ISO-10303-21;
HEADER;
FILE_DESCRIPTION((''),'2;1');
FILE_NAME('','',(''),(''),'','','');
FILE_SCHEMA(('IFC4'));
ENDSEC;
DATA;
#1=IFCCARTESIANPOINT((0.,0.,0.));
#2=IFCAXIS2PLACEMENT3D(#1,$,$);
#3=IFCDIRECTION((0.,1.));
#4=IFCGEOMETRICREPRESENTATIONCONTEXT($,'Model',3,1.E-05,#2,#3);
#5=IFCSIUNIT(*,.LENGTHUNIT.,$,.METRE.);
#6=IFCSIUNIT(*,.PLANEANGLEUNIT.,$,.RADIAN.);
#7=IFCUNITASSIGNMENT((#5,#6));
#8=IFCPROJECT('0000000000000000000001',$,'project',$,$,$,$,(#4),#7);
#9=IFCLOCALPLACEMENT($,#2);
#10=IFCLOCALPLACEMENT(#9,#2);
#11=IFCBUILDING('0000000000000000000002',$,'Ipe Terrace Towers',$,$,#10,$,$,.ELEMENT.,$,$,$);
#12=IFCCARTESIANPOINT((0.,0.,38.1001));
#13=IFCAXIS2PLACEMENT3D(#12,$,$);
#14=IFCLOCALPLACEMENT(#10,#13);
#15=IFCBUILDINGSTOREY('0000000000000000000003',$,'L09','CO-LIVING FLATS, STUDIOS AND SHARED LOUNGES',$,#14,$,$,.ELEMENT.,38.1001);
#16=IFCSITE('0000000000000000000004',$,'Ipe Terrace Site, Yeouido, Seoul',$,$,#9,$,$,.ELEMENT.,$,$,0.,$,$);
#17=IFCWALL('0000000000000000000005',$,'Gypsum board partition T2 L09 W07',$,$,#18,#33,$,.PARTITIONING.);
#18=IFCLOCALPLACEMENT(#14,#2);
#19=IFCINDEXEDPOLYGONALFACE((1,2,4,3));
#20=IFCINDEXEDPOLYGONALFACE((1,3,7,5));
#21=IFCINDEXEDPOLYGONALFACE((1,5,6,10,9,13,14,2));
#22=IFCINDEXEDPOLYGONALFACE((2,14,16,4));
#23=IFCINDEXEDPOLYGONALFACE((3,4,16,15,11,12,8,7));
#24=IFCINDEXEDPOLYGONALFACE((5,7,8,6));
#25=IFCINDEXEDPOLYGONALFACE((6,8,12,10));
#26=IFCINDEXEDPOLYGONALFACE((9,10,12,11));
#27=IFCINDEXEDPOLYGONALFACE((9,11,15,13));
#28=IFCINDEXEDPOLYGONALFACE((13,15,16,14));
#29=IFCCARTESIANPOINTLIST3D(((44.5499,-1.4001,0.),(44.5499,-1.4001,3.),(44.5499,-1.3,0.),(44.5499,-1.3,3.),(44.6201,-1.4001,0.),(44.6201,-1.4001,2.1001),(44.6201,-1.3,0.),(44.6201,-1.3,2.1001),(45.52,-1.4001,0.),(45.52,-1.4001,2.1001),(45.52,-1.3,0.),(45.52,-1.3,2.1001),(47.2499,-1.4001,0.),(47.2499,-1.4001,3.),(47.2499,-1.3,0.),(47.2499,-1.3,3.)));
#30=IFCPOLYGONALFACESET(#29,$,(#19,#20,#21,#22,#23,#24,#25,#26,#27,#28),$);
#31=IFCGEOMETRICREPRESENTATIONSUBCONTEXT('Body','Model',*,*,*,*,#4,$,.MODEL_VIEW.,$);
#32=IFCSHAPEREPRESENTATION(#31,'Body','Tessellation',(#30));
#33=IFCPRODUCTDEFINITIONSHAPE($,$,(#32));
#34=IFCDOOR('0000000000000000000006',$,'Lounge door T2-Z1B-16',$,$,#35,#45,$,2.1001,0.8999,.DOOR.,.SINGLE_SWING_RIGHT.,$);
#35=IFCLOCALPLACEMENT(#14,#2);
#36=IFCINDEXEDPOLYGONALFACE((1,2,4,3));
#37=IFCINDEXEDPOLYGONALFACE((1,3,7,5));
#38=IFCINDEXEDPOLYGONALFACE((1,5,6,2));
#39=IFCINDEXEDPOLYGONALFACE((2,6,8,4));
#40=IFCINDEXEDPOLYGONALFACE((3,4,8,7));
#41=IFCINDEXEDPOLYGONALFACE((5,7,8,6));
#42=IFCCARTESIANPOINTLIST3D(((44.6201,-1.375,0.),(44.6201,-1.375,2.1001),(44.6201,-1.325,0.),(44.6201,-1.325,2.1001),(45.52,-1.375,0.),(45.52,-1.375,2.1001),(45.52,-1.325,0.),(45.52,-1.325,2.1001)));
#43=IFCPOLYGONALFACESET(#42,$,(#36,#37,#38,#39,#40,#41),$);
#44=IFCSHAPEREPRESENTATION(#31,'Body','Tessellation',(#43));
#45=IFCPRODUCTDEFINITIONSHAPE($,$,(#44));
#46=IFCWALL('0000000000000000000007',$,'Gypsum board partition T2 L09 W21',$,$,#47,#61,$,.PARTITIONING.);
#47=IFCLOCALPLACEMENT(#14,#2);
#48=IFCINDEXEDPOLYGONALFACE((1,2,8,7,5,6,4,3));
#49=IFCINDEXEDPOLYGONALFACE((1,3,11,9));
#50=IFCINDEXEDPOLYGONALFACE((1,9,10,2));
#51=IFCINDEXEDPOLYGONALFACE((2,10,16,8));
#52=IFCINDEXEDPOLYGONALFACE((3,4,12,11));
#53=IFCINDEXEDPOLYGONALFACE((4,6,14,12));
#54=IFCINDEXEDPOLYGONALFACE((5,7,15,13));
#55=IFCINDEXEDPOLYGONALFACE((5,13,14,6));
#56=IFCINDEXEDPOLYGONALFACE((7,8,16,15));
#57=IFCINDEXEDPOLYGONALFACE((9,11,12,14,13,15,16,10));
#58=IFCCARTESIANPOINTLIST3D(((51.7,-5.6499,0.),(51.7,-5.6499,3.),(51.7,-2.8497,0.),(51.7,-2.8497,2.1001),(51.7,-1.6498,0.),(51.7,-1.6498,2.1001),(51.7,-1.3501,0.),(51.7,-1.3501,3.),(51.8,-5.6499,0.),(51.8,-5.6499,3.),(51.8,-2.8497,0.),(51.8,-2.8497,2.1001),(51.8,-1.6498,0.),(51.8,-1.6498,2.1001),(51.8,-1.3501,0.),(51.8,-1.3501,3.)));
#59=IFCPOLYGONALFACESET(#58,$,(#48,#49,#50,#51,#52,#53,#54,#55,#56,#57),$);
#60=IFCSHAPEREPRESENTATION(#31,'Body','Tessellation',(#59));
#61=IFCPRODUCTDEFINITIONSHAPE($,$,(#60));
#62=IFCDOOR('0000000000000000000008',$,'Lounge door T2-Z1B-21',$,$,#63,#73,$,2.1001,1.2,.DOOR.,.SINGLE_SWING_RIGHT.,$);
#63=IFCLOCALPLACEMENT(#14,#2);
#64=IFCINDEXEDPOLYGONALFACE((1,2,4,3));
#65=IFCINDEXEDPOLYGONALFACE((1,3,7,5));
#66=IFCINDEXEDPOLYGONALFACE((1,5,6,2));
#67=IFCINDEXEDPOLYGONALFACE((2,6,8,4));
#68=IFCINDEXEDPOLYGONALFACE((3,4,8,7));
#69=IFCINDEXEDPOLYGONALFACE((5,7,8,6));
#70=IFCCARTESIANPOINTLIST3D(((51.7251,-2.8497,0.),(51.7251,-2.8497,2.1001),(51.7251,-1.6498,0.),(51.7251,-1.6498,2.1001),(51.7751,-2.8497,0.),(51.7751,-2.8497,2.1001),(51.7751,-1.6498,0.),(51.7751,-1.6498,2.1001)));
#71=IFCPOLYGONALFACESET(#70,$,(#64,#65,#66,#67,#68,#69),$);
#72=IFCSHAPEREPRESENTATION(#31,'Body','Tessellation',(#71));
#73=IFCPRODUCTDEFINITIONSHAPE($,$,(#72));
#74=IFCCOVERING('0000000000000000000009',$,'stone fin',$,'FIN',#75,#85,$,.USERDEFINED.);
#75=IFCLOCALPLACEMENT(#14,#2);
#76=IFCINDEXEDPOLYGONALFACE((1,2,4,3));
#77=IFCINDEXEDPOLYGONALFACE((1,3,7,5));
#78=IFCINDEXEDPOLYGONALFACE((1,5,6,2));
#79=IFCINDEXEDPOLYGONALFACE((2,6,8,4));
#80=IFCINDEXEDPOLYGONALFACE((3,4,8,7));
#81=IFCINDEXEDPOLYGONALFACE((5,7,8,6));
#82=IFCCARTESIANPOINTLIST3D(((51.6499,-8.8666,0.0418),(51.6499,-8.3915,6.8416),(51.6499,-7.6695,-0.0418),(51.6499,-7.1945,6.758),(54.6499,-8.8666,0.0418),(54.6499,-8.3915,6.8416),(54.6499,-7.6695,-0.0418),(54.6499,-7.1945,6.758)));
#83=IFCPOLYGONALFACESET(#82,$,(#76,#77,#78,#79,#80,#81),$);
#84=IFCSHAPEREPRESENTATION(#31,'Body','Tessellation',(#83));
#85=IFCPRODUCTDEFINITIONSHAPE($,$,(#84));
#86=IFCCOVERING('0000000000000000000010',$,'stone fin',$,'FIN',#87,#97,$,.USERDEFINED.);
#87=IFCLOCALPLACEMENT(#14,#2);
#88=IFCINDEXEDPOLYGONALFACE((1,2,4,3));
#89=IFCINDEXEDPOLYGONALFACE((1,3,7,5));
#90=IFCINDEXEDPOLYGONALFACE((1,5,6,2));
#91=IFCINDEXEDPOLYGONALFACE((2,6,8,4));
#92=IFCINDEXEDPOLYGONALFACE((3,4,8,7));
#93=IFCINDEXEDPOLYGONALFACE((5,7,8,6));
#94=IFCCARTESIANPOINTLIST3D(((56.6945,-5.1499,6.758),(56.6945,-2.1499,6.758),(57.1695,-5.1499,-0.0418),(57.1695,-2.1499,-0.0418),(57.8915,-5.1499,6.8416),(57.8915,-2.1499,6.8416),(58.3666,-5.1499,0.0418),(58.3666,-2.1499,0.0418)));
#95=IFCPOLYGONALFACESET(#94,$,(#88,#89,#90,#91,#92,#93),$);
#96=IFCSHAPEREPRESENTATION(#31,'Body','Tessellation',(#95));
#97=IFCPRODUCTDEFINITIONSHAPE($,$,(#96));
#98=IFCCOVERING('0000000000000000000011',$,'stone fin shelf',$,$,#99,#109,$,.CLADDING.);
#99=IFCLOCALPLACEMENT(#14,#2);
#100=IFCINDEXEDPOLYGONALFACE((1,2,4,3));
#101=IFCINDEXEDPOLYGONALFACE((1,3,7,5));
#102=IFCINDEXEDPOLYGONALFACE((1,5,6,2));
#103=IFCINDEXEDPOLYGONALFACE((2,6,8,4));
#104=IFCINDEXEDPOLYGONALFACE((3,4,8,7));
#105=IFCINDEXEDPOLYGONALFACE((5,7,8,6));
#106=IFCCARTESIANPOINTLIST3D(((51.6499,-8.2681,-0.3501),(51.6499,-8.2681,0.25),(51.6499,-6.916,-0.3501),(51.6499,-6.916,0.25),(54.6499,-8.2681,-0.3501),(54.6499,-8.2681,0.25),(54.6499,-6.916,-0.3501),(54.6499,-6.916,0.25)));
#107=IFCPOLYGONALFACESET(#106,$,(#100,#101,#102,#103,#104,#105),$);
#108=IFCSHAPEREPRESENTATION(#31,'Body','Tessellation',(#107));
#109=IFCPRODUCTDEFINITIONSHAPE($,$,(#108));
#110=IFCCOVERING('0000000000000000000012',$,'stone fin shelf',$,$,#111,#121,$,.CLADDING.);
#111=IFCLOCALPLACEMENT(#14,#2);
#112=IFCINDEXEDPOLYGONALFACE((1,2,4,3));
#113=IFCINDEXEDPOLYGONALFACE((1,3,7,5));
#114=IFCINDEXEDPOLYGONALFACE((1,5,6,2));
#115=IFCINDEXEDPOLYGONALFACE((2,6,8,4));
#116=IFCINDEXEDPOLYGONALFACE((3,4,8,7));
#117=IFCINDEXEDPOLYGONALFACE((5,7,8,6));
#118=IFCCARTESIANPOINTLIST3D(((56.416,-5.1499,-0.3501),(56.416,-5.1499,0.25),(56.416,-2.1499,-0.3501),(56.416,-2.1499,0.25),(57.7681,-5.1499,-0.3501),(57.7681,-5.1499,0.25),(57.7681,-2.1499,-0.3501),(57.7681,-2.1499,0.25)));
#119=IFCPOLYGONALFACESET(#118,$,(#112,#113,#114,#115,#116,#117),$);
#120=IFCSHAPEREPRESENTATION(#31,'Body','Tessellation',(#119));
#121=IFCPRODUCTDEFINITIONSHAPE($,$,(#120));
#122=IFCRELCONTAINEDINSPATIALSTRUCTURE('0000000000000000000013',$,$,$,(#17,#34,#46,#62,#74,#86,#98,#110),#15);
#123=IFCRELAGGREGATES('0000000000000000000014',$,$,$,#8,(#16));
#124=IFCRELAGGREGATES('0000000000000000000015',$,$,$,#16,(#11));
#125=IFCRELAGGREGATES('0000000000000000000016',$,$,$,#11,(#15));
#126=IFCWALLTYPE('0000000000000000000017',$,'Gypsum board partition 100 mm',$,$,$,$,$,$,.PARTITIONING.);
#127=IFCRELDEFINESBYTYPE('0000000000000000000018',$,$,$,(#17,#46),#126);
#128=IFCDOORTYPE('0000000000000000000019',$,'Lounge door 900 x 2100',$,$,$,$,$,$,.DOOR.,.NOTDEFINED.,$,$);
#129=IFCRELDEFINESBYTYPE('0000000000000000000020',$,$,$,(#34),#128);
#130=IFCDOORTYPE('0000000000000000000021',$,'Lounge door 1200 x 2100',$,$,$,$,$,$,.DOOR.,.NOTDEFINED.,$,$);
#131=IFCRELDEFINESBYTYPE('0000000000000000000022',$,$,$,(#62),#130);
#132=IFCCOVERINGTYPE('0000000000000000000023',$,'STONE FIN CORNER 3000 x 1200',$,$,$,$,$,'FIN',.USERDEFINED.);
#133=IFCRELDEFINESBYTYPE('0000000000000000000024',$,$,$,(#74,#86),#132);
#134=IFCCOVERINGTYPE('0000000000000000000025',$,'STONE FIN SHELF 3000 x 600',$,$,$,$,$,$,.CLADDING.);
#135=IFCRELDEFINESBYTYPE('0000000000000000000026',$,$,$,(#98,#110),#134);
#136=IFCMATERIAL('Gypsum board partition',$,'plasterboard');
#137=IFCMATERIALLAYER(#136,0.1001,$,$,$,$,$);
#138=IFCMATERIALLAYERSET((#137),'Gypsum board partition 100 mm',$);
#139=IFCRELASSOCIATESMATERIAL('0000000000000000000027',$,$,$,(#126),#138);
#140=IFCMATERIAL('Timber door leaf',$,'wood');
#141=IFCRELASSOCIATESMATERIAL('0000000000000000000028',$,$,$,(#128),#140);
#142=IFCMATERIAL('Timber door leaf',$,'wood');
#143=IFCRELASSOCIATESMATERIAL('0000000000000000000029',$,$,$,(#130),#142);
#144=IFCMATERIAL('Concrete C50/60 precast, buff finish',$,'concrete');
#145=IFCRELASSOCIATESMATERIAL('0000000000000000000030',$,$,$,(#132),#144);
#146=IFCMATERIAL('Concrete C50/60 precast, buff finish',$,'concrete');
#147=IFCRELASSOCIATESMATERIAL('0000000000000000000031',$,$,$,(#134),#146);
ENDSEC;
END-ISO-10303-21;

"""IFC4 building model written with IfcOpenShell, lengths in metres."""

from ifc_helpers import new_model, si_unit, direction, frame, frame_2d, origin, origin_2d, place, context, subcontext, project, spatial, rectangle, extrude, material, layer, layer_set, material_profile, profile_set, type_object, element, fill, save


model = new_model("IFC4")

# Units and contexts
model_context = context("Model", 3, precision=1e-05, world=origin(), true_north=direction((0.0, 1.0)))
body_context = subcontext(model_context, "Body", "Model", "MODEL_VIEW")
ifc_project = project(units=[si_unit("LENGTHUNIT", "METRE"), si_unit("PLANEANGLEUNIT", "RADIAN")], contexts=[model_context])

# Site, building, storey
site_placement = place(None, origin())
site = spatial("IfcSite", under=ifc_project, at=site_placement, Name="Ipe Terrace Site, Yeouido, Seoul", CompositionType="ELEMENT", RefElevation=0.0)
building_placement = place(site_placement, origin())
building = spatial("IfcBuilding", under=site, at=building_placement, Name="Ipe Terrace Towers", CompositionType="ELEMENT")
storey_placement = place(building_placement, frame((0.0, 0.0, 38.1001)))
storey = spatial("IfcBuildingStorey", under=building, at=storey_placement, Name="L09", Description="CO-LIVING FLATS, STUDIOS AND SHARED LOUNGES", CompositionType="ELEMENT", Elevation=38.1001)

# Shared definitions
ifc_material_1 = material(Name="Gypsum board partition", Category="plasterboard")
ifc_layer_1 = layer(ifc_material_1, 0.1001)
ifc_layer_set_1 = layer_set([ifc_layer_1], Name="Gypsum board partition 100 mm")
wall_type_1 = type_object("IfcWallType", Name="Gypsum board partition 100 mm", PredefinedType="PARTITIONING", material=ifc_layer_set_1)
ifc_material_2 = material(Name="Timber door leaf", Category="wood")
door_type_1 = type_object("IfcDoorType", Name="Lounge door 900 x 2100", OperationType="NOTDEFINED", PredefinedType="DOOR", material=ifc_material_2)

# Walls, openings, doors
wall_1_placement = place(storey_placement, frame((47.25, -1.3501, 0.0), z_axis=(0.0, 0.0, 1.0), x_axis=(-1.0, 0.0, 0.0)))
wall_1 = element("IfcWall", 1, at=wall_1_placement, inside=storey, type_object=wall_type_1, Name="Gypsum board partition T2 L09 W07", PredefinedType="PARTITIONING", context=body_context, shape_type="SweptSolid", body=[
    extrude(rectangle(XDim=2.7, YDim=0.1001, at=frame_2d((1.3501, 0.0))), origin(), (0.0, 0.0, 1.0), 3.0),
])
opening_1_placement = place(wall_1_placement, frame((1.73, 0.0, 0.0)))
opening_1 = element("IfcOpeningElement", 2, at=opening_1_placement, cuts=wall_1, PredefinedType="OPENING", context=body_context, shape_type="SweptSolid", body=[
    extrude(rectangle(XDim=0.8999, YDim=2.1001, at=frame_2d((0.45, 1.05))), frame((0.0, 0.0601, 0.0), z_axis=(0.0, -1.0, 0.0), x_axis=(1.0, 0.0, 0.0)), (0.0, 0.0, 1.0), 0.1201),
])
door_1_placement = place(opening_1_placement, origin())
door_1 = element("IfcDoor", 3, at=door_1_placement, inside=storey, type_object=door_type_1, Name="Lounge door T2-Z1B-16", OperationType="SINGLE_SWING_RIGHT", OverallHeight=2.1001, OverallWidth=0.8999, PredefinedType="DOOR", context=body_context, shape_type="SweptSolid", body=[
    extrude(rectangle(XDim=0.8999, YDim=2.1001, at=frame_2d((0.45, 1.05))), frame((0.0, 0.0249, 0.0), z_axis=(0.0, -1.0, 0.0), x_axis=(1.0, 0.0, 0.0)), (0.0, 0.0, 1.0), 0.05),
])
fill(opening_1, door_1)
wall_2_placement = place(storey_placement, frame((51.75, -5.6499, 0.0), z_axis=(0.0, 0.0, 1.0), x_axis=(0.0, 1.0, 0.0)))
wall_2 = element("IfcWall", 4, at=wall_2_placement, inside=storey, type_object=wall_type_1, Name="Gypsum board partition T2 L09 W21", PredefinedType="PARTITIONING", context=body_context, shape_type="SweptSolid", body=[
    extrude(rectangle(XDim=4.2998, YDim=0.1001, at=frame_2d((2.1499, 0.0))), origin(), (0.0, 0.0, 1.0), 3.0),
])
opening_2_placement = place(wall_2_placement, frame((2.8, 0.0, 0.0)))
opening_2 = element("IfcOpeningElement", 5, at=opening_2_placement, cuts=wall_2, PredefinedType="OPENING", context=body_context, shape_type="SweptSolid", body=[
    extrude(rectangle(XDim=1.2, YDim=2.1001, at=frame_2d((0.6001, 1.05))), frame((0.0, 0.0601, 0.0), z_axis=(0.0, -1.0, 0.0), x_axis=(1.0, 0.0, 0.0)), (0.0, 0.0, 1.0), 0.1201),
])
ifc_material_3 = material(Name="Timber door leaf", Category="wood")
door_type_2 = type_object("IfcDoorType", Name="Lounge door 1200 x 2100", OperationType="NOTDEFINED", PredefinedType="DOOR", material=ifc_material_3)
door_2_placement = place(opening_2_placement, origin())
door_2 = element("IfcDoor", 6, at=door_2_placement, inside=storey, type_object=door_type_2, Name="Lounge door T2-Z1B-21", OperationType="SINGLE_SWING_RIGHT", OverallHeight=2.1001, OverallWidth=1.2, PredefinedType="DOOR", context=body_context, shape_type="SweptSolid", body=[
    extrude(rectangle(XDim=1.2, YDim=2.1001, at=frame_2d((0.6001, 1.05))), frame((0.0, 0.0249, 0.0), z_axis=(0.0, -1.0, 0.0), x_axis=(1.0, 0.0, 0.0)), (0.0, 0.0, 1.0), 0.05),
])
fill(opening_2, door_2)

# Coverings
ifc_material_4 = material(Name="Concrete C50/60 precast, buff finish", Category="concrete")
ifc_material_profile_1 = material_profile(ifc_material_4, rectangle(XDim=3.0, YDim=1.2, at=origin_2d()), Name="STONE FIN CORNER 3000 x 1200")
ifc_profile_set_1 = profile_set([ifc_material_profile_1], Name="Concrete C50/60 precast, buff finish")
covering_type_1 = type_object("IfcCoveringType", Name="STONE FIN CORNER 3000 x 1200", ElementType="FIN", PredefinedType="USERDEFINED", material=ifc_profile_set_1)
for number, where, z_axis, x_axis, name in (
    (7, (53.1499, -8.2681, 0.0), (0.0, 0.069699, 0.997568), (1.0, 0.0, 0.0), "stone fin"),
    (8, (57.7681, -3.6499, 0.0), (-0.069699, 0.0, 0.997568), (0.0, 1.0, 0.0), "stone fin"),
):
    element("IfcCovering", number, at=place(storey_placement, frame(where, z_axis=z_axis, x_axis=x_axis)), inside=storey, type_object=covering_type_1, Name=name, ObjectType="FIN", PredefinedType="USERDEFINED", context=body_context, shape_type="SweptSolid", body=[
        extrude(rectangle(XDim=3.0, YDim=1.2, at=origin_2d()), origin(), (0.0, 0.0, 1.0), 6.8164),
    ])
ifc_material_5 = material(Name="Concrete C50/60 precast, buff finish", Category="concrete")
covering_type_2 = type_object("IfcCoveringType", Name="STONE FIN SHELF 3000 x 600", PredefinedType="CLADDING", material=ifc_material_5)
for number, where, z_axis, x_axis, name in (
    (9, (53.1499, -7.592, -0.3501), (0.0, 0.0, 1.0), (1.0, 0.0, 0.0), "stone fin shelf"),
    (10, (57.092, -3.6499, -0.3501), (0.0, 0.0, 1.0), (0.0, 1.0, 0.0), "stone fin shelf"),
):
    element("IfcCovering", number, at=place(storey_placement, frame(where, z_axis=z_axis, x_axis=x_axis)), inside=storey, type_object=covering_type_2, Name=name, PredefinedType="CLADDING", context=body_context, shape_type="SweptSolid", body=[
        extrude(rectangle(XDim=3.0, YDim=1.3521, at=origin_2d()), origin(), (0.0, 0.0, 1.0), 0.6001),
    ])

save(model, "model.ifc")
